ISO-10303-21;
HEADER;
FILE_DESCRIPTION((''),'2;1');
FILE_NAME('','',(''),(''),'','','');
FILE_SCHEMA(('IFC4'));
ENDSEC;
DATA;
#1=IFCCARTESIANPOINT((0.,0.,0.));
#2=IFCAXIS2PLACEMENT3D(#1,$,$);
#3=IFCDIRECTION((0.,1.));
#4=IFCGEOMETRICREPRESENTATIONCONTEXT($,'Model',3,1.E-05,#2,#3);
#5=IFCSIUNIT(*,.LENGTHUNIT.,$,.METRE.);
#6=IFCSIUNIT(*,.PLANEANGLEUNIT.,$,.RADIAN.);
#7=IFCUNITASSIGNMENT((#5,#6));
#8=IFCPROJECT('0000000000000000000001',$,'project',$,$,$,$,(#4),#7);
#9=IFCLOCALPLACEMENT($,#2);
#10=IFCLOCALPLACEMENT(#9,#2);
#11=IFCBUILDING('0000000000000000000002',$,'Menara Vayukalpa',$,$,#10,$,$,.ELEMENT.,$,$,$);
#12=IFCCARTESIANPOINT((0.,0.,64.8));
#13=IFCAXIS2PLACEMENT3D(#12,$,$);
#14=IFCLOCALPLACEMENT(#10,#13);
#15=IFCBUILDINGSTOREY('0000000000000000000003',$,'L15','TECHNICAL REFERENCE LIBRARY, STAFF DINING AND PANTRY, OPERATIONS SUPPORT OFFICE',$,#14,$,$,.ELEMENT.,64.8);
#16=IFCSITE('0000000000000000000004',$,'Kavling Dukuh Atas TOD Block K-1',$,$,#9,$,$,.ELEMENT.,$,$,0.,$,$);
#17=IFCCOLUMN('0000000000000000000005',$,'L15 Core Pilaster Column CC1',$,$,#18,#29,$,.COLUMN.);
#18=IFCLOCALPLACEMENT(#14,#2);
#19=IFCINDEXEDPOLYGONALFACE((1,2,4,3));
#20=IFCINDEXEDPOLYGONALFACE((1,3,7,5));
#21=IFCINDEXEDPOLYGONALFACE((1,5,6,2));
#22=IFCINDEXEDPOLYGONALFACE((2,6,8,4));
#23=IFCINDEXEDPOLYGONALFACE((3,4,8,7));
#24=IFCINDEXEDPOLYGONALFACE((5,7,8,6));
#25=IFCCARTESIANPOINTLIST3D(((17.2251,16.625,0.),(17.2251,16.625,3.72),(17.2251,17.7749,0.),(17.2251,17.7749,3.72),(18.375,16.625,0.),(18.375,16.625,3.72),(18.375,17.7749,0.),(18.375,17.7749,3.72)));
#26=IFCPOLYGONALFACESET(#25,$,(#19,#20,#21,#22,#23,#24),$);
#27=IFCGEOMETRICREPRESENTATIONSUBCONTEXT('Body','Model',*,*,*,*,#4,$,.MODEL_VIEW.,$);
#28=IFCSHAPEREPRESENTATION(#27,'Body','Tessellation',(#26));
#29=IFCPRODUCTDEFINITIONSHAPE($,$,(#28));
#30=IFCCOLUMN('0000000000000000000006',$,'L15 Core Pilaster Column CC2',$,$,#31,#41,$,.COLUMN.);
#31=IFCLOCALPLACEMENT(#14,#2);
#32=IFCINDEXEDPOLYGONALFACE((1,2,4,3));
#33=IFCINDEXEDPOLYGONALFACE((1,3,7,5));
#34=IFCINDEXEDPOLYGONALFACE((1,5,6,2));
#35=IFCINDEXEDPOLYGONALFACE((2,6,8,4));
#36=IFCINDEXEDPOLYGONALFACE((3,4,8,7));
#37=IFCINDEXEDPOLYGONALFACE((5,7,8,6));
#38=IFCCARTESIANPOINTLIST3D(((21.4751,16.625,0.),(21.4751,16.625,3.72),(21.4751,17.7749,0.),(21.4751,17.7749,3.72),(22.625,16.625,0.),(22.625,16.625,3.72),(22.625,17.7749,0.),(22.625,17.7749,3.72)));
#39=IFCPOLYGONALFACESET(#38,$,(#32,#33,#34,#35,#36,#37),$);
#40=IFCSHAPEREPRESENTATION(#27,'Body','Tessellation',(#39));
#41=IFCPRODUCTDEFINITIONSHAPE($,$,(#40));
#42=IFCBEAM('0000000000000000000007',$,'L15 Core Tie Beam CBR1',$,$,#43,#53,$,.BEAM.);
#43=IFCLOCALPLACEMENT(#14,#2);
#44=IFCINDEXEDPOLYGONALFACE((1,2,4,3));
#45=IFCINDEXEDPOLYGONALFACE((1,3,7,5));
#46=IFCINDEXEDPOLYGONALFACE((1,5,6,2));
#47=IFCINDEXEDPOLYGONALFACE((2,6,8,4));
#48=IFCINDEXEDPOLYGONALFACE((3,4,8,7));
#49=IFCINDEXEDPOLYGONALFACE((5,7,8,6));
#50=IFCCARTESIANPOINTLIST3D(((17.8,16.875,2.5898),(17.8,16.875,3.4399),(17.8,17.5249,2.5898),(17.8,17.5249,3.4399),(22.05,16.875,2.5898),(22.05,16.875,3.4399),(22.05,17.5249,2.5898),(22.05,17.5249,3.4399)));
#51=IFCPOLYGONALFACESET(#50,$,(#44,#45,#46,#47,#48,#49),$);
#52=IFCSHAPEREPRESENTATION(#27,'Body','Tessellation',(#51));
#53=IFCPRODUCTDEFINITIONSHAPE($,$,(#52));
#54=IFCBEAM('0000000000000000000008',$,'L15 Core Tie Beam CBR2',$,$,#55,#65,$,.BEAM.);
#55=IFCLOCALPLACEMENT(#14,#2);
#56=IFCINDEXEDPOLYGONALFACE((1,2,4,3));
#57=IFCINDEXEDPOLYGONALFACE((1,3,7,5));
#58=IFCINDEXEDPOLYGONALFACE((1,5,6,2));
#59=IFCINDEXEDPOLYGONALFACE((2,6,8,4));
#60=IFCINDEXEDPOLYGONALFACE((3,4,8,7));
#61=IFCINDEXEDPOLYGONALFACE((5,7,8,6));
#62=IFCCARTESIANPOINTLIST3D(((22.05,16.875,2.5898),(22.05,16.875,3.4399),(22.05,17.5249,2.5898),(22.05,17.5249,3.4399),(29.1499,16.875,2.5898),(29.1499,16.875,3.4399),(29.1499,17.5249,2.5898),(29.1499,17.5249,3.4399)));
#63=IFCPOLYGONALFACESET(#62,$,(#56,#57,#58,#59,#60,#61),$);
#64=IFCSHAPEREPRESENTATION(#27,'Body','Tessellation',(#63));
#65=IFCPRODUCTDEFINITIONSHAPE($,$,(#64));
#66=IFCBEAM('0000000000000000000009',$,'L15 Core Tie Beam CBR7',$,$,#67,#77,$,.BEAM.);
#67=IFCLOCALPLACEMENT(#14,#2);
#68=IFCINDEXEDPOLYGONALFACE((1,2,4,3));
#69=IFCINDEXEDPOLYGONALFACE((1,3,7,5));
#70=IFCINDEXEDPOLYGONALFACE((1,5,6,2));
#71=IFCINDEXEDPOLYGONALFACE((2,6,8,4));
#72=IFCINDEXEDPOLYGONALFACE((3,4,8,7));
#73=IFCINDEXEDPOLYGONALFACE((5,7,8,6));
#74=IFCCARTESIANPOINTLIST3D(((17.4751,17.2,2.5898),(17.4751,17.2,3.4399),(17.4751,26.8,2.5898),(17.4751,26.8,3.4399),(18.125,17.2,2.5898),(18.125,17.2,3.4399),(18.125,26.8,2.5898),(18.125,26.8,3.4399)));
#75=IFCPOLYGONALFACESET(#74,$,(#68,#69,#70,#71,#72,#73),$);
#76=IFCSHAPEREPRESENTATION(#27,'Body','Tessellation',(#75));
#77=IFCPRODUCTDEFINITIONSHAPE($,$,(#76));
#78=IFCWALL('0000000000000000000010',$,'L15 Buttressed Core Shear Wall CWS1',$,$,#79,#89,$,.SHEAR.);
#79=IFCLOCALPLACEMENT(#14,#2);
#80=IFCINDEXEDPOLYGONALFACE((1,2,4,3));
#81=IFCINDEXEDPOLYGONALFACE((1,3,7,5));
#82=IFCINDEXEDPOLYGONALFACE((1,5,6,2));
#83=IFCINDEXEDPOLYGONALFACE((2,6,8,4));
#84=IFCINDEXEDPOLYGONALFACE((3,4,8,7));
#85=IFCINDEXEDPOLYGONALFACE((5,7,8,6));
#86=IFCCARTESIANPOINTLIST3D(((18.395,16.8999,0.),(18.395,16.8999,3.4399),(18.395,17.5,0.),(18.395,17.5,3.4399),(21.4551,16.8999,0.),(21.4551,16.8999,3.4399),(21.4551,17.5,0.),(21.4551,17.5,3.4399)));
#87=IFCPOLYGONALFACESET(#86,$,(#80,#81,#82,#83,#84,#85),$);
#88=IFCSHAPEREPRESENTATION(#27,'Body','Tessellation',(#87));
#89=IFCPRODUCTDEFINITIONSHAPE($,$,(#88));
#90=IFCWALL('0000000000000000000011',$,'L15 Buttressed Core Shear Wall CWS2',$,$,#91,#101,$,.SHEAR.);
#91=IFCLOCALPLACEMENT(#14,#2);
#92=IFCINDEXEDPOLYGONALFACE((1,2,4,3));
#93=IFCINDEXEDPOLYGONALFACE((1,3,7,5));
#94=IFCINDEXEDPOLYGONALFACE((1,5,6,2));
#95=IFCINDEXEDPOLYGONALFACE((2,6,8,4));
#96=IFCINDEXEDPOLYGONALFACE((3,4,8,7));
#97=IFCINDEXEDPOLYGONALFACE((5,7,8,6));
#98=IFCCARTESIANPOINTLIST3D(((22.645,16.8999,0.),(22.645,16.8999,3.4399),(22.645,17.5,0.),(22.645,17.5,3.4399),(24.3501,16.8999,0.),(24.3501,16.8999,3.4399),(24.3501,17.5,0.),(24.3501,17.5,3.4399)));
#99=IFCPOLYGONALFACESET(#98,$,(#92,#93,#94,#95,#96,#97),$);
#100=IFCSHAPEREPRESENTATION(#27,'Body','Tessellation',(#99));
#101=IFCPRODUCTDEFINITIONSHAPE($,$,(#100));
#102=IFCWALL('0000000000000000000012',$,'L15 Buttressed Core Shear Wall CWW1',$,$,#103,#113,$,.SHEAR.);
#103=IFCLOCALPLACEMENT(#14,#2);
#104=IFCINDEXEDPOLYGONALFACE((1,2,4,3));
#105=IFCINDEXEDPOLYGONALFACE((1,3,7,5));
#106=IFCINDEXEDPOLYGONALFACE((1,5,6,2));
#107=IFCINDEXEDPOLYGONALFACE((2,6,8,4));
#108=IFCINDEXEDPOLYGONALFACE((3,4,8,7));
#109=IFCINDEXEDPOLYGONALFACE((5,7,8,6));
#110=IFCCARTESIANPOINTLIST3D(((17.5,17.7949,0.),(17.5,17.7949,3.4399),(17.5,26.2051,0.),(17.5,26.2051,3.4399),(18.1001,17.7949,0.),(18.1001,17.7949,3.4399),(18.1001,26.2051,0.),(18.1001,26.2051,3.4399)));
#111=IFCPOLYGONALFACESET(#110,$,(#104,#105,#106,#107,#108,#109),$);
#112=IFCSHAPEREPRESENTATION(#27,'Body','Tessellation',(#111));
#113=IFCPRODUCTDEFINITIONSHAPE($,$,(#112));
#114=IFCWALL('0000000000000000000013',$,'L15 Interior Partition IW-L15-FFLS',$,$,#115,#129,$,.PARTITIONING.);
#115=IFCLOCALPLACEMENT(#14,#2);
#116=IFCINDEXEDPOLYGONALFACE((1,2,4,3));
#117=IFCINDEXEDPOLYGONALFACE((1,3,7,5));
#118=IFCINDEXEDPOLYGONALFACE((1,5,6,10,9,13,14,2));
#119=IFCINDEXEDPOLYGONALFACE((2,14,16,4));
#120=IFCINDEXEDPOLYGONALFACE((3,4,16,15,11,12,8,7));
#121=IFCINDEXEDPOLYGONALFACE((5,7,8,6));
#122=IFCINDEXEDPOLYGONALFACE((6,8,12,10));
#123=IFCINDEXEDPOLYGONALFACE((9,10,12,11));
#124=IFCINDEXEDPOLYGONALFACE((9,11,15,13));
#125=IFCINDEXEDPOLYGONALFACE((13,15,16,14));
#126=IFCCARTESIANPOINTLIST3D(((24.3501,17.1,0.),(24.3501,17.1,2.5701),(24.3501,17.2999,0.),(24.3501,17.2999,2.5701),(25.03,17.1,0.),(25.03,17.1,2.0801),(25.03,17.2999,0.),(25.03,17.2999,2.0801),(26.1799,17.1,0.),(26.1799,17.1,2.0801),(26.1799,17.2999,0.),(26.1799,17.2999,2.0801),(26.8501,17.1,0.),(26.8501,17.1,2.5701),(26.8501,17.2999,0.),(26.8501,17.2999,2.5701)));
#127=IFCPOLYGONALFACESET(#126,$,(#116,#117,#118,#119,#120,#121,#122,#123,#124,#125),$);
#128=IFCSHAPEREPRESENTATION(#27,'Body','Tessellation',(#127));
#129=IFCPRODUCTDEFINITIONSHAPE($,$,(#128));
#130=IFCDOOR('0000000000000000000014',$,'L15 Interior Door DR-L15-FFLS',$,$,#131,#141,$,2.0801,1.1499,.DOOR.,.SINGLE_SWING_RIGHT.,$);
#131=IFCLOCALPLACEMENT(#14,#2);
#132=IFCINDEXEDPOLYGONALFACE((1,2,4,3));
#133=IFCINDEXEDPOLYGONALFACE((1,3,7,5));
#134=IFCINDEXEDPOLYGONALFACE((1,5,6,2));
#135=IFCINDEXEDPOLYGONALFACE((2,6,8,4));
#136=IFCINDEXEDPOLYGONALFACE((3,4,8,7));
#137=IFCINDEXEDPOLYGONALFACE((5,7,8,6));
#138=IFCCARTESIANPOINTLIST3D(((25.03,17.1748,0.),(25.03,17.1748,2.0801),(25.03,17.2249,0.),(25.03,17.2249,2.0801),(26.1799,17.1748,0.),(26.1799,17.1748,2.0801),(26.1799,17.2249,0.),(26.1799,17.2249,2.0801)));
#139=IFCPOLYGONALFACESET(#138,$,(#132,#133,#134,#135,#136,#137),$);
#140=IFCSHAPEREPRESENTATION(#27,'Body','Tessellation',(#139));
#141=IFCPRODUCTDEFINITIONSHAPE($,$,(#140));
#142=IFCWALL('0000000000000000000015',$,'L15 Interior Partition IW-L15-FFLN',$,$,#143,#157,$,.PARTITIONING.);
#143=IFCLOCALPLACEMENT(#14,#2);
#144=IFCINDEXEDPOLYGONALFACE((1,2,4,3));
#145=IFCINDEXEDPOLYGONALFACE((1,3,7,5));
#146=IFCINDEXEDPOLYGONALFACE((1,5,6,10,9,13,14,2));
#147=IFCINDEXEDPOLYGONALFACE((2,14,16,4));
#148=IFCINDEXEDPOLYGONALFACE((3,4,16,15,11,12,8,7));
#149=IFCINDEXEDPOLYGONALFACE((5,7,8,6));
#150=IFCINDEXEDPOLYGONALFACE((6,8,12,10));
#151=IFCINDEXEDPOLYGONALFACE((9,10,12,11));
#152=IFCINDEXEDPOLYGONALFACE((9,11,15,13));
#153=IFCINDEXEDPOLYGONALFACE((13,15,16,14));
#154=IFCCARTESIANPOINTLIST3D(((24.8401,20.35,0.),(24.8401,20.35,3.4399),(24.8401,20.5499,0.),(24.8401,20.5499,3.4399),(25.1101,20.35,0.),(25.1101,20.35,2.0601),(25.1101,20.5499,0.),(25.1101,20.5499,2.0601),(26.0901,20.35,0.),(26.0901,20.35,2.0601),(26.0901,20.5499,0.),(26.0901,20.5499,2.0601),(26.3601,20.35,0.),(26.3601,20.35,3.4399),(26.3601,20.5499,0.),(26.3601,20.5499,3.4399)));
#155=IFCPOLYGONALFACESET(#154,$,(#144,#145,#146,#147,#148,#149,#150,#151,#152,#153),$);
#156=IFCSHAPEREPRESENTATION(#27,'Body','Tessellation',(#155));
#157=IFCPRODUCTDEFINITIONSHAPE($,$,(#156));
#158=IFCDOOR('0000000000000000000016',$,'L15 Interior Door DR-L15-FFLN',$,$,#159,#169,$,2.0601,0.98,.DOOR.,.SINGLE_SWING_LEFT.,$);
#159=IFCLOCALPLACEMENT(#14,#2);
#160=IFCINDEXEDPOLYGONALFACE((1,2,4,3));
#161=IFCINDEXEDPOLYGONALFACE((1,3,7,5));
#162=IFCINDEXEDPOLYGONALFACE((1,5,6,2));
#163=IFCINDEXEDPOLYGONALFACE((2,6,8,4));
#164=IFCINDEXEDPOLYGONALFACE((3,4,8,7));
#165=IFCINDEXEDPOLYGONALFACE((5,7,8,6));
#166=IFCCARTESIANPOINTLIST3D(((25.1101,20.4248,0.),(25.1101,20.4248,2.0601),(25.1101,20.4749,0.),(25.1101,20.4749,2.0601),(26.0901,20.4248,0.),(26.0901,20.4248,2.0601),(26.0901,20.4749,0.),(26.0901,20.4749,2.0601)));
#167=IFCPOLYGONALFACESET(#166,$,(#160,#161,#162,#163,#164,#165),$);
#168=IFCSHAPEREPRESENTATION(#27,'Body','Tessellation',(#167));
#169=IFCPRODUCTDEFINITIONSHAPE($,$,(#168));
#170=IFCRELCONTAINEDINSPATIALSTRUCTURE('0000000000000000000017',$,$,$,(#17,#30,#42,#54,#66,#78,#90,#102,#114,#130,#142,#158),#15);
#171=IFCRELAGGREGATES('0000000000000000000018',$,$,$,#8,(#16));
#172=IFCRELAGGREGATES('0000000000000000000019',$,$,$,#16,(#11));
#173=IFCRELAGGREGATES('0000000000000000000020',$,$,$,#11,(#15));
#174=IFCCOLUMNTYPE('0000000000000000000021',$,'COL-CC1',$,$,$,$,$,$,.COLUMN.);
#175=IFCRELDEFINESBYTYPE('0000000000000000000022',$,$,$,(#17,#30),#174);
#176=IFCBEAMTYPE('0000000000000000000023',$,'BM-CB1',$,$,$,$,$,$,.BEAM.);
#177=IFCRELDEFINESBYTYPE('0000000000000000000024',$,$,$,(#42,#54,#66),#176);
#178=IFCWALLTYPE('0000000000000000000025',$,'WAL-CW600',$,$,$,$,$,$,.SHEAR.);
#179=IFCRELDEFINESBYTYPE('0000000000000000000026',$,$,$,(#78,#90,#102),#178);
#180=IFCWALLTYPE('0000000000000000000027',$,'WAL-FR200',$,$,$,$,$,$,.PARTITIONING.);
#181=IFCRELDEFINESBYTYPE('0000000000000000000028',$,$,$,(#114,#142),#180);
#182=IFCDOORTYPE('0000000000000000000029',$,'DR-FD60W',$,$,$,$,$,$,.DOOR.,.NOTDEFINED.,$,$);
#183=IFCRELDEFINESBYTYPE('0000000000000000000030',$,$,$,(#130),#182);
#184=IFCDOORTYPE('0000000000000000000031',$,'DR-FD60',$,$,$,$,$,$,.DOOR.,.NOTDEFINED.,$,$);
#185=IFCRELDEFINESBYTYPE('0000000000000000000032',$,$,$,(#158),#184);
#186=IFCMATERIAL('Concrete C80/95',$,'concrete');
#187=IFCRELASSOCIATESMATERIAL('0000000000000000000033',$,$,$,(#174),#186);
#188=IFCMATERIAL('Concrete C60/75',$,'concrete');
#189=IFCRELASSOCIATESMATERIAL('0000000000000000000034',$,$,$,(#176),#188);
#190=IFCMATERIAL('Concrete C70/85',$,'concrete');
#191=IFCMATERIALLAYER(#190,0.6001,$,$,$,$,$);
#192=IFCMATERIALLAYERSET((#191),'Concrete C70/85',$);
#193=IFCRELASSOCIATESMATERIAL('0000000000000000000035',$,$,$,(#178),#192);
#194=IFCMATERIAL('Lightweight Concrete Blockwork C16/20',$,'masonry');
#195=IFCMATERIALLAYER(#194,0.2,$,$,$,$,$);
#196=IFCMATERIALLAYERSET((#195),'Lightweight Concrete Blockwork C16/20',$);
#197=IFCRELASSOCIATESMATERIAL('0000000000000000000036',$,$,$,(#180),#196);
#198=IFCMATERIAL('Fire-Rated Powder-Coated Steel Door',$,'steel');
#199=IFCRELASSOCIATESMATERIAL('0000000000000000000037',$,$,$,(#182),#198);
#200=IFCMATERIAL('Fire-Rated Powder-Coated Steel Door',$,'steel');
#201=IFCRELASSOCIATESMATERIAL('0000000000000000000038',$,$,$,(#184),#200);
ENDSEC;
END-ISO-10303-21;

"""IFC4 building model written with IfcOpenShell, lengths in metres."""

from ifc_helpers import new_model, si_unit, direction, frame, frame_2d, origin, origin_2d, place, context, subcontext, project, spatial, rectangle, extrude, material, layer, layer_set, material_profile, profile_set, type_object, element, fill, save


model = new_model("IFC4")

# Units and contexts
model_context = context("Model", 3, precision=1e-05, world=origin(), true_north=direction((0.0, 1.0)))
body_context = subcontext(model_context, "Body", "Model", "MODEL_VIEW")
ifc_project = project(units=[si_unit("LENGTHUNIT", "METRE"), si_unit("PLANEANGLEUNIT", "RADIAN")], contexts=[model_context])

# Site, building, storey
site_placement = place(None, origin())
site = spatial("IfcSite", under=ifc_project, at=site_placement, Name="Kavling Dukuh Atas TOD Block K-1", CompositionType="ELEMENT", RefElevation=0.0)
building_placement = place(site_placement, origin())
building = spatial("IfcBuilding", under=site, at=building_placement, Name="Menara Vayukalpa", CompositionType="ELEMENT")
storey_placement = place(building_placement, frame((0.0, 0.0, 64.8)))
storey = spatial("IfcBuildingStorey", under=building, at=storey_placement, Name="L15", Description="TECHNICAL REFERENCE LIBRARY, STAFF DINING AND PANTRY, OPERATIONS SUPPORT OFFICE", CompositionType="ELEMENT", Elevation=64.8)

# Columns
ifc_material_1 = material(Name="Concrete C80/95", Category="concrete")
ifc_material_profile_1 = material_profile(ifc_material_1, rectangle(XDim=1.1499, YDim=1.1499, at=origin_2d()), Name="RC 1150x1150")
ifc_profile_set_1 = profile_set([ifc_material_profile_1], Name="Concrete C80/95")
column_type = type_object("IfcColumnType", Name="COL-CC1", PredefinedType="COLUMN", material=ifc_profile_set_1)
for number, where, z_axis, x_axis, name in (
    (1, (17.8, 17.2, 0.0), (0.0, 0.0, 1.0), (1.0, 0.0, 0.0), "L15 Core Pilaster Column CC1"),
    (2, (22.05, 17.2, 0.0), (0.0, 0.0, 1.0), (1.0, 0.0, 0.0), "L15 Core Pilaster Column CC2"),
):
    element("IfcColumn", number, at=place(storey_placement, frame(where, z_axis=z_axis, x_axis=x_axis)), inside=storey, type_object=column_type, Name=name, PredefinedType="COLUMN", context=body_context, shape_type="SweptSolid", body=[
        extrude(rectangle(XDim=1.1499, YDim=1.1499, at=origin_2d()), origin(), (0.0, 0.0, 1.0), 3.72),
    ])

# Beams
ifc_material_2 = material(Name="Concrete C60/75", Category="concrete")
ifc_material_profile_2 = material_profile(ifc_material_2, rectangle(XDim=0.6499, YDim=0.8501, at=origin_2d()), Name="RC 650x850")
ifc_profile_set_2 = profile_set([ifc_material_profile_2], Name="Concrete C60/75")
beam_type = type_object("IfcBeamType", Name="BM-CB1", PredefinedType="BEAM", material=ifc_profile_set_2)
beam_1_placement = place(storey_placement, frame((17.8, 17.2, 3.0149), z_axis=(1.0, 0.0, 0.0), x_axis=(0.0, 1.0, 0.0)))
element("IfcBeam", 3, at=beam_1_placement, inside=storey, type_object=beam_type, Name="L15 Core Tie Beam CBR1", PredefinedType="BEAM", context=body_context, shape_type="SweptSolid", body=[
    extrude(rectangle(XDim=0.6499, YDim=0.8501, at=origin_2d()), origin(), (0.0, 0.0, 1.0), 4.25),
])
beam_2_placement = place(storey_placement, frame((22.05, 17.2, 3.0149), z_axis=(1.0, 0.0, 0.0), x_axis=(0.0, 1.0, 0.0)))
element("IfcBeam", 4, at=beam_2_placement, inside=storey, type_object=beam_type, Name="L15 Core Tie Beam CBR2", PredefinedType="BEAM", context=body_context, shape_type="SweptSolid", body=[
    extrude(rectangle(XDim=0.6499, YDim=0.8501, at=origin_2d()), origin(), (0.0, 0.0, 1.0), 7.0999),
])
beam_3_placement = place(storey_placement, frame((17.8, 17.2, 3.0149), z_axis=(0.0, 1.0, 0.0), x_axis=(-1.0, 0.0, 0.0)))
element("IfcBeam", 5, at=beam_3_placement, inside=storey, type_object=beam_type, Name="L15 Core Tie Beam CBR7", PredefinedType="BEAM", context=body_context, shape_type="SweptSolid", body=[
    extrude(rectangle(XDim=0.6499, YDim=0.8501, at=origin_2d()), origin(), (0.0, 0.0, 1.0), 9.6001),
])

# Walls
ifc_material_3 = material(Name="Concrete C70/85", Category="concrete")
ifc_layer_1 = layer(ifc_material_3, 0.6001)
ifc_layer_set_1 = layer_set([ifc_layer_1], Name="Concrete C70/85")
wall_type_1 = type_object("IfcWallType", Name="WAL-CW600", PredefinedType="SHEAR", material=ifc_layer_set_1)
wall_1_placement = place(storey_placement, frame((18.395, 17.2, 0.0), z_axis=(0.0, 0.0, 1.0), x_axis=(1.0, 0.0, 0.0)))
element("IfcWall", 6, at=wall_1_placement, inside=storey, type_object=wall_type_1, Name="L15 Buttressed Core Shear Wall CWS1", PredefinedType="SHEAR", context=body_context, shape_type="SweptSolid", body=[
    extrude(rectangle(XDim=3.0601, YDim=0.6001, at=frame_2d((1.53, 0.0))), origin(), (0.0, 0.0, 1.0), 3.4399),
])
wall_2_placement = place(storey_placement, frame((22.645, 17.2, 0.0), z_axis=(0.0, 0.0, 1.0), x_axis=(1.0, 0.0, 0.0)))
element("IfcWall", 7, at=wall_2_placement, inside=storey, type_object=wall_type_1, Name="L15 Buttressed Core Shear Wall CWS2", PredefinedType="SHEAR", context=body_context, shape_type="SweptSolid", body=[
    extrude(rectangle(XDim=1.7051, YDim=0.6001, at=frame_2d((0.8525, 0.0))), origin(), (0.0, 0.0, 1.0), 3.4399),
])
wall_3_placement = place(storey_placement, frame((17.8, 17.7949, 0.0), z_axis=(0.0, 0.0, 1.0), x_axis=(0.0, 1.0, 0.0)))
element("IfcWall", 8, at=wall_3_placement, inside=storey, type_object=wall_type_1, Name="L15 Buttressed Core Shear Wall CWW1", PredefinedType="SHEAR", context=body_context, shape_type="SweptSolid", body=[
    extrude(rectangle(XDim=8.4102, YDim=0.6001, at=frame_2d((4.2051, 0.0))), origin(), (0.0, 0.0, 1.0), 3.4399),
])

# Walls, openings, doors
ifc_material_4 = material(Name="Lightweight Concrete Blockwork C16/20", Category="masonry")
ifc_layer_2 = layer(ifc_material_4, 0.2)
ifc_layer_set_2 = layer_set([ifc_layer_2], Name="Lightweight Concrete Blockwork C16/20")
wall_type_2 = type_object("IfcWallType", Name="WAL-FR200", PredefinedType="PARTITIONING", material=ifc_layer_set_2)
wall_4_placement = place(storey_placement, frame((24.3501, 17.2, 0.0), z_axis=(0.0, 0.0, 1.0), x_axis=(1.0, 0.0, 0.0)))
wall_4 = element("IfcWall", 9, at=wall_4_placement, inside=storey, type_object=wall_type_2, Name="L15 Interior Partition IW-L15-FFLS", PredefinedType="PARTITIONING", context=body_context, shape_type="SweptSolid", body=[
    extrude(rectangle(XDim=2.5, YDim=0.2, at=frame_2d((1.25, 0.0))), origin(), (0.0, 0.0, 1.0), 2.5701),
])
opening_1_placement = place(wall_4_placement, frame((0.6799, 0.0, 0.0)))
opening_1 = element("IfcOpeningElement", 10, at=opening_1_placement, cuts=wall_4, PredefinedType="OPENING", context=body_context, shape_type="SweptSolid", body=[
    extrude(rectangle(XDim=1.1499, YDim=2.0801, at=frame_2d((0.575, 1.04))), frame((0.0, 0.1099, 0.0), z_axis=(0.0, -1.0, 0.0), x_axis=(1.0, 0.0, 0.0)), (0.0, 0.0, 1.0), 0.22),
])
ifc_material_5 = material(Name="Fire-Rated Powder-Coated Steel Door", Category="steel")
door_type_1 = type_object("IfcDoorType", Name="DR-FD60W", OperationType="NOTDEFINED", PredefinedType="DOOR", material=ifc_material_5)
door_1_placement = place(opening_1_placement, origin())
door_1 = element("IfcDoor", 11, at=door_1_placement, inside=storey, type_object=door_type_1, Name="L15 Interior Door DR-L15-FFLS", OperationType="SINGLE_SWING_RIGHT", OverallHeight=2.0801, OverallWidth=1.1499, PredefinedType="DOOR", context=body_context, shape_type="SweptSolid", body=[
    extrude(rectangle(XDim=1.1499, YDim=2.0801, at=frame_2d((0.575, 1.04))), frame((0.0, 0.0249, 0.0), z_axis=(0.0, -1.0, 0.0), x_axis=(1.0, 0.0, 0.0)), (0.0, 0.0, 1.0), 0.05),
])
fill(opening_1, door_1)
wall_5_placement = place(storey_placement, frame((24.8401, 20.45, 0.0), z_axis=(0.0, 0.0, 1.0), x_axis=(1.0, 0.0, 0.0)))
wall_5 = element("IfcWall", 12, at=wall_5_placement, inside=storey, type_object=wall_type_2, Name="L15 Interior Partition IW-L15-FFLN", PredefinedType="PARTITIONING", context=body_context, shape_type="SweptSolid", body=[
    extrude(rectangle(XDim=1.52, YDim=0.2, at=frame_2d((0.76, 0.0))), origin(), (0.0, 0.0, 1.0), 3.4399),
])
opening_2_placement = place(wall_5_placement, frame((0.27, 0.0, 0.0)))
opening_2 = element("IfcOpeningElement", 13, at=opening_2_placement, cuts=wall_5, PredefinedType="OPENING", context=body_context, shape_type="SweptSolid", body=[
    extrude(rectangle(XDim=0.98, YDim=2.0601, at=frame_2d((0.49, 1.03))), frame((0.0, 0.1099, 0.0), z_axis=(0.0, -1.0, 0.0), x_axis=(1.0, 0.0, 0.0)), (0.0, 0.0, 1.0), 0.22),
])
ifc_material_6 = material(Name="Fire-Rated Powder-Coated Steel Door", Category="steel")
door_type_2 = type_object("IfcDoorType", Name="DR-FD60", OperationType="NOTDEFINED", PredefinedType="DOOR", material=ifc_material_6)
door_2_placement = place(opening_2_placement, origin())
door_2 = element("IfcDoor", 14, at=door_2_placement, inside=storey, type_object=door_type_2, Name="L15 Interior Door DR-L15-FFLN", OperationType="SINGLE_SWING_LEFT", OverallHeight=2.0601, OverallWidth=0.98, PredefinedType="DOOR", context=body_context, shape_type="SweptSolid", body=[
    extrude(rectangle(XDim=0.98, YDim=2.0601, at=frame_2d((0.49, 1.03))), frame((0.0, 0.0249, 0.0), z_axis=(0.0, -1.0, 0.0), x_axis=(1.0, 0.0, 0.0)), (0.0, 0.0, 1.0), 0.05),
])
fill(opening_2, door_2)

save(model, "model.ifc")
